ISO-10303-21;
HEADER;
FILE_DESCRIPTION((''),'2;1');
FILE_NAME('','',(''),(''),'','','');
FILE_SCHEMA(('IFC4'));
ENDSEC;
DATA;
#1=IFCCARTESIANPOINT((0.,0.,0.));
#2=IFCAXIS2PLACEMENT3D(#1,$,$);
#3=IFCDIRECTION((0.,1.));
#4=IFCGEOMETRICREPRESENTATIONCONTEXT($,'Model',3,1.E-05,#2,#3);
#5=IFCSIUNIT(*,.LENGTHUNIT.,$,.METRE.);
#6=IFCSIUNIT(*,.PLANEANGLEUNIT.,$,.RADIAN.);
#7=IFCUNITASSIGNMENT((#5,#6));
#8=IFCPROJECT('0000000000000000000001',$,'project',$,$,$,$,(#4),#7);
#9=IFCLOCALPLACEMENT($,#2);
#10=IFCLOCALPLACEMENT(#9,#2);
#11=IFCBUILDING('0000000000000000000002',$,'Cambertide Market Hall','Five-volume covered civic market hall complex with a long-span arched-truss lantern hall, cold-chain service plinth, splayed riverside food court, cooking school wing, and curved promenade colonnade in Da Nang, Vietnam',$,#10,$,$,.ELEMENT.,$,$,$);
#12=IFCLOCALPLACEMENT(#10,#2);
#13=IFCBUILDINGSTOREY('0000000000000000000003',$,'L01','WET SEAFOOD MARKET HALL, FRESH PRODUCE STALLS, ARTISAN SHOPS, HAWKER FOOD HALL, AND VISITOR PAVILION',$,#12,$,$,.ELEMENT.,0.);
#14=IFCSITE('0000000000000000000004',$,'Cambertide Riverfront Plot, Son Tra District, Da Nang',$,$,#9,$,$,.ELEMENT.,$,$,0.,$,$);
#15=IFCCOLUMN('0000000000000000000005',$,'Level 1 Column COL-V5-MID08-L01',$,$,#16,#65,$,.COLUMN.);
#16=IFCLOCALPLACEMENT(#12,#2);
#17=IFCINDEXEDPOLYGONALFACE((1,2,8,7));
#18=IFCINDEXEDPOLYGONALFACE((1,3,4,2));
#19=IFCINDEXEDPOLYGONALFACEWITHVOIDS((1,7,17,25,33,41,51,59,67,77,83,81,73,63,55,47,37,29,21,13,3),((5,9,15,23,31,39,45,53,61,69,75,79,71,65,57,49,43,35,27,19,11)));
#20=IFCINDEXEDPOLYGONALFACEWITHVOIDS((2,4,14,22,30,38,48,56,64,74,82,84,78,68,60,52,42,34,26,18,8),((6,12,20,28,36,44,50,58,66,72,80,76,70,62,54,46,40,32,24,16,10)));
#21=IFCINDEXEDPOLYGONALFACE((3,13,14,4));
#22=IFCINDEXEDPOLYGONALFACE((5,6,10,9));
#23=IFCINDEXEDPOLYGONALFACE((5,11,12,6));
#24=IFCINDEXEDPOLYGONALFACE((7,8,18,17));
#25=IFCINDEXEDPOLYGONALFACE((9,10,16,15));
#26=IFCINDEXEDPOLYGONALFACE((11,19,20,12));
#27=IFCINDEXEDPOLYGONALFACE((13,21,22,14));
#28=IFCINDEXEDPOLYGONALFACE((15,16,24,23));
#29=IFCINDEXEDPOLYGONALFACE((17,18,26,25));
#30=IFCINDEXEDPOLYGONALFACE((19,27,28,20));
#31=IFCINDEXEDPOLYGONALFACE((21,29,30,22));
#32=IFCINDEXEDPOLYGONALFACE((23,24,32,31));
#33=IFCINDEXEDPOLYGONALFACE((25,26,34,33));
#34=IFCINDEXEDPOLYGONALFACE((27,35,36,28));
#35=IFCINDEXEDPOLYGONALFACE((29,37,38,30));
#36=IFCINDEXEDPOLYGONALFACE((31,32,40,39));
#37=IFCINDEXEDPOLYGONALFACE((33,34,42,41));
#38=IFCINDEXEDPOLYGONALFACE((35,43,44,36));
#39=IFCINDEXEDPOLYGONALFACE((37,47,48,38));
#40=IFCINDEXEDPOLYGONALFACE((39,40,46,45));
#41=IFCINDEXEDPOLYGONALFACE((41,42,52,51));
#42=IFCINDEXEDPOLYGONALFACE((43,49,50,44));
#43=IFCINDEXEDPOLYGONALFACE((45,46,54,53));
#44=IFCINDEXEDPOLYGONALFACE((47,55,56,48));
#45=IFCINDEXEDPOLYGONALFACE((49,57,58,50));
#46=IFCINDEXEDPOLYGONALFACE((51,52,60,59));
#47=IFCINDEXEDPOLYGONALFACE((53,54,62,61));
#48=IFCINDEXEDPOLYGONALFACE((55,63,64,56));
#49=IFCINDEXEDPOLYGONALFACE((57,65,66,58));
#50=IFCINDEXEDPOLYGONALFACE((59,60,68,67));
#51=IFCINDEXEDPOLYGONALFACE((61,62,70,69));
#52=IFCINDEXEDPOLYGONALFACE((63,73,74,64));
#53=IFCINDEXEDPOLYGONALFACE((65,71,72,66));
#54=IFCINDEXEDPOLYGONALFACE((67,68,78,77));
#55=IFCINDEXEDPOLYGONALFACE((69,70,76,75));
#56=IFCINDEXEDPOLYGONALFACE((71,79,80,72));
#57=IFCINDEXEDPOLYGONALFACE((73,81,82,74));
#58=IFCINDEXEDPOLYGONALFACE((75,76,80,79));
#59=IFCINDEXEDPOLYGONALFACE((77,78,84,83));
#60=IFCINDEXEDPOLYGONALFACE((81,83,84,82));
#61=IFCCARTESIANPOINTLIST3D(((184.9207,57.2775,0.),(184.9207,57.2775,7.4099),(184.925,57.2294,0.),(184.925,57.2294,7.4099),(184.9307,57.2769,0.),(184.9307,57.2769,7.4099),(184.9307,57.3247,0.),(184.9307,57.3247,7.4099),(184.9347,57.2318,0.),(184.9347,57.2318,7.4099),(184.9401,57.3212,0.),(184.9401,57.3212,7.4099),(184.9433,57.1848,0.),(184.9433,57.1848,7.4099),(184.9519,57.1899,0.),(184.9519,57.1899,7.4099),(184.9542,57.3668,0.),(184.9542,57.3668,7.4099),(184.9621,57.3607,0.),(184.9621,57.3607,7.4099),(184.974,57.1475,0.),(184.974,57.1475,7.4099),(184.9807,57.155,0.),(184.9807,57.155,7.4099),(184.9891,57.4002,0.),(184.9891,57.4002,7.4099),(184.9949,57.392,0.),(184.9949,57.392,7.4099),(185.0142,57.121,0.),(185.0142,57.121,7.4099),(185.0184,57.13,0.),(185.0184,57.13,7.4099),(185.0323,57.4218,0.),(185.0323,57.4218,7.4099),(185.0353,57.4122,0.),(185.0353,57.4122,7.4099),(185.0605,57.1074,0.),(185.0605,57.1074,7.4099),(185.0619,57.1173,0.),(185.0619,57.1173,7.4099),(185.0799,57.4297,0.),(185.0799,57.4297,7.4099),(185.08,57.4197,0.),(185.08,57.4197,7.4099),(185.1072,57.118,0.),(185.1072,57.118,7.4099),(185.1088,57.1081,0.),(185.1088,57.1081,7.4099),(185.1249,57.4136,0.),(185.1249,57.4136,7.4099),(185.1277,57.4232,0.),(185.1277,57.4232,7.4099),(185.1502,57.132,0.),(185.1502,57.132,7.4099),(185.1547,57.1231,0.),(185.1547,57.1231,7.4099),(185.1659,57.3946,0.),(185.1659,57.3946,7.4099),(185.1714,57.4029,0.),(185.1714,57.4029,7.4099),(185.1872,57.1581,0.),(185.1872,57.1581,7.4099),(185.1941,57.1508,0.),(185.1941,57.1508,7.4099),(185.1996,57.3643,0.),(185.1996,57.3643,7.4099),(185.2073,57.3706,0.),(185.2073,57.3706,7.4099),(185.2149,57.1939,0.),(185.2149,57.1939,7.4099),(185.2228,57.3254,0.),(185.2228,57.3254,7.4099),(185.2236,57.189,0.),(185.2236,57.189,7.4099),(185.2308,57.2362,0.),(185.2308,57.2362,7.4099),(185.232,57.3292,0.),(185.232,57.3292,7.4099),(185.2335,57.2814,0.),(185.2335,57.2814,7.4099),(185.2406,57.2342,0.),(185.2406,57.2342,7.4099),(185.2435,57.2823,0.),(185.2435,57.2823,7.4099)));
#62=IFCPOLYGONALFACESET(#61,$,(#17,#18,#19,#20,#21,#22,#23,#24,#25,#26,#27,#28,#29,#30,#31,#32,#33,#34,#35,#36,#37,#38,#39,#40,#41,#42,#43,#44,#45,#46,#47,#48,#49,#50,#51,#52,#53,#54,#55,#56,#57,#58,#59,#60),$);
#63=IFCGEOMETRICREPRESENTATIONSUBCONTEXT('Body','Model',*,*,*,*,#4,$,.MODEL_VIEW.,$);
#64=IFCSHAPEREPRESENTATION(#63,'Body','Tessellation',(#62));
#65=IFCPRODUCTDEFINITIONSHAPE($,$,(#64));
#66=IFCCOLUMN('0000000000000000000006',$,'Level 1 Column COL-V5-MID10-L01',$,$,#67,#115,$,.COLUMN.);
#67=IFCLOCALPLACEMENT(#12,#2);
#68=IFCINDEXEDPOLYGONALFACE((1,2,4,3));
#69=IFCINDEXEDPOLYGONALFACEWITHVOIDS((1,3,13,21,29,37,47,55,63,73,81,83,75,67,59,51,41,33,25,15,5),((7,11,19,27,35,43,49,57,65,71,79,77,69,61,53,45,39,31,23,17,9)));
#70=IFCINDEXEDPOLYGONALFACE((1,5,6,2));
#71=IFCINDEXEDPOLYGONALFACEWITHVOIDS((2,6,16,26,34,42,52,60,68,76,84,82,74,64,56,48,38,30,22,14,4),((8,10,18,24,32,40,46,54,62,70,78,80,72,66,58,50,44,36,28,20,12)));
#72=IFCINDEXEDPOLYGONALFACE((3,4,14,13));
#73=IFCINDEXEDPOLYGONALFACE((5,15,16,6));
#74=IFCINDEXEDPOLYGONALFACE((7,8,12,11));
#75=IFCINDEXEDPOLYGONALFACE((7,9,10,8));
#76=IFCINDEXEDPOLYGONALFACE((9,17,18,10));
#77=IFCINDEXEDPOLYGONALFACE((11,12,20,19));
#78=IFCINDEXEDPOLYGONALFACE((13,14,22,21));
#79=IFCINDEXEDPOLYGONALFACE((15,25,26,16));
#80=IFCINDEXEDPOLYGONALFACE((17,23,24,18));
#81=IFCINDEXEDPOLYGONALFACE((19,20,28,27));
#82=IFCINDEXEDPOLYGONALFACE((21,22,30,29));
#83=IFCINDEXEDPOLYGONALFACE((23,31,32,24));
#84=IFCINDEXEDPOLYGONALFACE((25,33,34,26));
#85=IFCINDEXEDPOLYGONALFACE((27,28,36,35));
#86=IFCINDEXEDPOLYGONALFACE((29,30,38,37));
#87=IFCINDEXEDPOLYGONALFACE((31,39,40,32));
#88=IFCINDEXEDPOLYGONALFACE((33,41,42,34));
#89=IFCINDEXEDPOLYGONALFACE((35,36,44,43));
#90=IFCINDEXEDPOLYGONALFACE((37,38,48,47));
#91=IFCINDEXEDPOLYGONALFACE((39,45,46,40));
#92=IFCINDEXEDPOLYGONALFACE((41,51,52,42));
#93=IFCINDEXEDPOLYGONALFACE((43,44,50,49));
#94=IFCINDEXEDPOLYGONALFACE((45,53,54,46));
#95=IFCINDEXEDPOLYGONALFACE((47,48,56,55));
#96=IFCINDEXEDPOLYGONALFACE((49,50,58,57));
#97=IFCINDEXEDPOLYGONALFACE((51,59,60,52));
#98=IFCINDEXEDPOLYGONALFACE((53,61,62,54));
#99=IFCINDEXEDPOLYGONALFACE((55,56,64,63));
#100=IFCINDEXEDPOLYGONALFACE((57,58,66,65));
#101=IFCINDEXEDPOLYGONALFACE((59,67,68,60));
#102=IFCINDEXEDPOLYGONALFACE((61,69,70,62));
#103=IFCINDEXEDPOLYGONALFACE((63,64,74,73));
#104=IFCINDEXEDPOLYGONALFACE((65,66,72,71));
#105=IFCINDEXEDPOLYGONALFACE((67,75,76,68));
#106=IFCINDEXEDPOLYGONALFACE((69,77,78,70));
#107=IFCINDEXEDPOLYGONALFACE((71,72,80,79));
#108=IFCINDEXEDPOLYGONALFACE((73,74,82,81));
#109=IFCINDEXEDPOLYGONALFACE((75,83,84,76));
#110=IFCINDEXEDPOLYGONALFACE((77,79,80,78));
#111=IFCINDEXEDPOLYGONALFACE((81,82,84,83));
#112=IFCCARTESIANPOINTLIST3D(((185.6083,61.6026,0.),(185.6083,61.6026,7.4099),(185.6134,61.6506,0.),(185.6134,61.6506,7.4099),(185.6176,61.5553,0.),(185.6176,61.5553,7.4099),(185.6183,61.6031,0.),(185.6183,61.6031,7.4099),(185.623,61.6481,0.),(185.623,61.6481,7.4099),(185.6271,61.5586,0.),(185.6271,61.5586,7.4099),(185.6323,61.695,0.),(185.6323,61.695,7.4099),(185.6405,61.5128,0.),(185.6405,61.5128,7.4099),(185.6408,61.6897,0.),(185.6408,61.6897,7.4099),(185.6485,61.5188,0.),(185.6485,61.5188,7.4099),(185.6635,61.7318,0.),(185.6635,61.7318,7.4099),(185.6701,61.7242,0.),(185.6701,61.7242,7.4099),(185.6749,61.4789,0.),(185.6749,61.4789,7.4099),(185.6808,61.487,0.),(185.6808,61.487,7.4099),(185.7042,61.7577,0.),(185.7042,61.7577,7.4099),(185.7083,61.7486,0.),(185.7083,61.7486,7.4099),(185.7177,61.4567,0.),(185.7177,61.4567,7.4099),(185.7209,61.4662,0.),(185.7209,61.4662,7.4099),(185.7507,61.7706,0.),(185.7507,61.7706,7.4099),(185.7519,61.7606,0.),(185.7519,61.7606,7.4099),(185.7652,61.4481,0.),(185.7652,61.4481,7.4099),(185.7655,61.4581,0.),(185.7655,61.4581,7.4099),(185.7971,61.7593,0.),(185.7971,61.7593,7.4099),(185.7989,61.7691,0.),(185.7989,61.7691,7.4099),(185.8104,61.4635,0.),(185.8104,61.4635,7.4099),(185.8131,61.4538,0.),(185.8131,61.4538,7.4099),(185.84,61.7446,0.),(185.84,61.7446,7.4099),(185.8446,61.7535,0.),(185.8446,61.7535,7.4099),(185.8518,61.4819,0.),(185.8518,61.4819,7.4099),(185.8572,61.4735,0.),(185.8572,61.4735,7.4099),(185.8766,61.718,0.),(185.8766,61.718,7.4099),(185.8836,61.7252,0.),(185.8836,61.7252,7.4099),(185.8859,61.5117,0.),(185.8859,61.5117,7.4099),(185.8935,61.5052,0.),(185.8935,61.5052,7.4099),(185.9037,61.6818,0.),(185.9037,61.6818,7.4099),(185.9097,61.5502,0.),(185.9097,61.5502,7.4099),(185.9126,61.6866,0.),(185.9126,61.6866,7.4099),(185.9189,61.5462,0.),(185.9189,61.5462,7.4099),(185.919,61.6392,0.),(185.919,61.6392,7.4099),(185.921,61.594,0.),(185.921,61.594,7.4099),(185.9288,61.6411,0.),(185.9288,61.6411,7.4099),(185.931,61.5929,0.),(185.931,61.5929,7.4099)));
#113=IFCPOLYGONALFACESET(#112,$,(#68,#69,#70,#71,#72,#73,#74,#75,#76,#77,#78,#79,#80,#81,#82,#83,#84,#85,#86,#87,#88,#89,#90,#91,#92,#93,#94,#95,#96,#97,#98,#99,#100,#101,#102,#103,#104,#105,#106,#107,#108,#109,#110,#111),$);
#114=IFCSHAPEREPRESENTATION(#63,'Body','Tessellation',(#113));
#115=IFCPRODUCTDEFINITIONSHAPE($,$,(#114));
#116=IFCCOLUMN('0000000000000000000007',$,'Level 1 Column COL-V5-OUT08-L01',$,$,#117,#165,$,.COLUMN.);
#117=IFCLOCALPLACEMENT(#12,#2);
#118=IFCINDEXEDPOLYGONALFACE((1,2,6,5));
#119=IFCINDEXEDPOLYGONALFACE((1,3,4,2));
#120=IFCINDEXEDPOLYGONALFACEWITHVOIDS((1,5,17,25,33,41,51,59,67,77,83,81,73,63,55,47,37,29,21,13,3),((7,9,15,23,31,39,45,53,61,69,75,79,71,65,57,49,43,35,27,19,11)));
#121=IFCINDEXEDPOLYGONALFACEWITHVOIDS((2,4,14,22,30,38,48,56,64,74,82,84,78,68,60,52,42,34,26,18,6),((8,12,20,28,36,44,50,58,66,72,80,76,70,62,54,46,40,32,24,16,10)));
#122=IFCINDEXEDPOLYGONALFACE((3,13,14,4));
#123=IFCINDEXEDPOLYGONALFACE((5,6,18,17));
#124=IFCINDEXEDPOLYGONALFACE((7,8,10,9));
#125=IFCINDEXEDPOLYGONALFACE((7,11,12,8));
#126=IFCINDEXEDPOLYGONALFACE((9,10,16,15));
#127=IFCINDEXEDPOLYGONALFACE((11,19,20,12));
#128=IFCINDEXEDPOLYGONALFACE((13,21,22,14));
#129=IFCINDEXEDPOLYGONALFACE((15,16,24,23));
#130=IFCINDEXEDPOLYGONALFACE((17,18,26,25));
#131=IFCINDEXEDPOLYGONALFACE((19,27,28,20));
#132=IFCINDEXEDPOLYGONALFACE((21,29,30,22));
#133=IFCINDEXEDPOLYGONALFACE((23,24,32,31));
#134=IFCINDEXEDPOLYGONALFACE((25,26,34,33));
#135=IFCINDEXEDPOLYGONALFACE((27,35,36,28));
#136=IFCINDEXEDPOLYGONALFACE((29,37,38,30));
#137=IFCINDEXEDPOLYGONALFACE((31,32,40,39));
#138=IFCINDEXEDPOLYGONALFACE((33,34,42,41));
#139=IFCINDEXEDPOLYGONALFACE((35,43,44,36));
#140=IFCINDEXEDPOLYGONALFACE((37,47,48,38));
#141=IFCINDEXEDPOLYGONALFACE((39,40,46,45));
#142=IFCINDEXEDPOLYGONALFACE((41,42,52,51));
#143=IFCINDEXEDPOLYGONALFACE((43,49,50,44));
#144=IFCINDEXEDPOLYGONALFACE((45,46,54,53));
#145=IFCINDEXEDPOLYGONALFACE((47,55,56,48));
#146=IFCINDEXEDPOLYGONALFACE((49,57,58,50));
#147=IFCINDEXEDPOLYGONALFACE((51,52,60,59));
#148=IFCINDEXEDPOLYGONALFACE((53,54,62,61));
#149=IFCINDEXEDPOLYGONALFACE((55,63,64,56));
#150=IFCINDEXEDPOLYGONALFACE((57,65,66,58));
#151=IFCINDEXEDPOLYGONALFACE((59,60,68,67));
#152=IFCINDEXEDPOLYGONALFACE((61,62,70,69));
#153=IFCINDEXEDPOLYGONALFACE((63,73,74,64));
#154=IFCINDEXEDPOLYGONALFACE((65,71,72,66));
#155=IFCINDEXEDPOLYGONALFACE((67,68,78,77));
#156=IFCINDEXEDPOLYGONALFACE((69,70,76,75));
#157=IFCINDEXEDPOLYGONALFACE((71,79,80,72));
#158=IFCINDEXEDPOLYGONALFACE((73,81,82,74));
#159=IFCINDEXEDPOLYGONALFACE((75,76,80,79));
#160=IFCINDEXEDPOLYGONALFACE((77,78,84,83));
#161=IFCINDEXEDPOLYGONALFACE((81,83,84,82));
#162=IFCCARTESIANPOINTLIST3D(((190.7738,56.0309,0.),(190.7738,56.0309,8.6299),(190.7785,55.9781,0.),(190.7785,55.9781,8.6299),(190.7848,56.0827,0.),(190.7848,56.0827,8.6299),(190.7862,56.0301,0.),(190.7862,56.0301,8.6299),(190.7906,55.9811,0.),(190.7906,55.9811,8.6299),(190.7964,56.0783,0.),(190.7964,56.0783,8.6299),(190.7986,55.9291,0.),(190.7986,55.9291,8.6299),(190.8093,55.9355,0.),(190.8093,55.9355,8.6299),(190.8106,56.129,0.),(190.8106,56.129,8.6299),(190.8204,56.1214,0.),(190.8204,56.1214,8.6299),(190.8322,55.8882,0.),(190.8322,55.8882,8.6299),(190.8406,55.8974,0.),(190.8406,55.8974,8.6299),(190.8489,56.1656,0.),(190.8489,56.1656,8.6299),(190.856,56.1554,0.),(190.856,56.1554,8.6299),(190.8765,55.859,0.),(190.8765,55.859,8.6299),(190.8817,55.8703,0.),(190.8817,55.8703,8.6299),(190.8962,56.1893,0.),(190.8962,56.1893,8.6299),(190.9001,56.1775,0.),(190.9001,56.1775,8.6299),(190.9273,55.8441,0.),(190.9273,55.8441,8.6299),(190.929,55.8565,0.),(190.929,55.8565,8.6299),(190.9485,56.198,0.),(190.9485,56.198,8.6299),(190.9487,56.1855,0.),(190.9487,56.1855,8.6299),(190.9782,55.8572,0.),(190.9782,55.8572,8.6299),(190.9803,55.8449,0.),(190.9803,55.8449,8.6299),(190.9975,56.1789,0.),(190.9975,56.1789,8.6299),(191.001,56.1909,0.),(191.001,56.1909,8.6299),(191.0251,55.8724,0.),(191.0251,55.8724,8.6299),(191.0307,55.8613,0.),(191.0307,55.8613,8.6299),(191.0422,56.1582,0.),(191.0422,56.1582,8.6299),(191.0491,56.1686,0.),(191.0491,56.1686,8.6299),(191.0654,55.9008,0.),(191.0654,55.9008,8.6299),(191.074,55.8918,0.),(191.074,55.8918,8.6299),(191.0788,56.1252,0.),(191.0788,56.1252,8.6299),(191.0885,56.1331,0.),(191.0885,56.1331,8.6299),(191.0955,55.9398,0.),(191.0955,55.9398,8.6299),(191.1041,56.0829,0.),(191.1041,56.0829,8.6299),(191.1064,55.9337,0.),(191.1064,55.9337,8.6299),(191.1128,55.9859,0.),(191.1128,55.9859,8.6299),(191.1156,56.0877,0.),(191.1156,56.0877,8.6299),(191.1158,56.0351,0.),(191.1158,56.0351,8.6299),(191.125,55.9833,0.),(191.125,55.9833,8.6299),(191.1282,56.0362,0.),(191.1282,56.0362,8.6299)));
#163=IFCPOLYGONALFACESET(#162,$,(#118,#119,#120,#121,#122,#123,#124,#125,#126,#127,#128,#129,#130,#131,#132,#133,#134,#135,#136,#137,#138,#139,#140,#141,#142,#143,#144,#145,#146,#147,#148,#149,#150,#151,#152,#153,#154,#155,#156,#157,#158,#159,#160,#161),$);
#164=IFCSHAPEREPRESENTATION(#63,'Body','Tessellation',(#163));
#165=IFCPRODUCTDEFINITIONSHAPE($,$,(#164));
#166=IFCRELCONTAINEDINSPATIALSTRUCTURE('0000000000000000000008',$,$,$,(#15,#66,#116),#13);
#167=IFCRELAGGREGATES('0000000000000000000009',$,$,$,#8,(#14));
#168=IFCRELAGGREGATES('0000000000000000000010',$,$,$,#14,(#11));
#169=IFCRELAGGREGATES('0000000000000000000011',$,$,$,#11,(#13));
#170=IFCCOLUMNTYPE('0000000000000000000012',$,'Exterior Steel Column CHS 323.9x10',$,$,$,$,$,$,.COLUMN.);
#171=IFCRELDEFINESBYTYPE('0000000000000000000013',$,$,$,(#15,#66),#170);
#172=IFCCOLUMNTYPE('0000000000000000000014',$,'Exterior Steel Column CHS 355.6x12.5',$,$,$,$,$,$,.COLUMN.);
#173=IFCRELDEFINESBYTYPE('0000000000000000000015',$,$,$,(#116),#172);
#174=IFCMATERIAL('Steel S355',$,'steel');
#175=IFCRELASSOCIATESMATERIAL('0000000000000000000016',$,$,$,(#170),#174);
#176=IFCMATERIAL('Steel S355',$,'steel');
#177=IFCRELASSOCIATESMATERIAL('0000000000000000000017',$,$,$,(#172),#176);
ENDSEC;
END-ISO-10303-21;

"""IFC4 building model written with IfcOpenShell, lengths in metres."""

from ifc_helpers import new_model, si_unit, direction, frame, origin, origin_2d, place, context, subcontext, project, spatial, hollow_circle, extrude, material, material_profile, profile_set, type_object, element, save


model = new_model("IFC4")

# Units and contexts
model_context = context("Model", 3, precision=1e-05, world=origin(), true_north=direction((0.0, 1.0)))
body_context = subcontext(model_context, "Body", "Model", "MODEL_VIEW")
ifc_project = project(units=[si_unit("LENGTHUNIT", "METRE"), si_unit("PLANEANGLEUNIT", "RADIAN")], contexts=[model_context])

# Site, building, storey
site_placement = place(None, origin())
site = spatial("IfcSite", under=ifc_project, at=site_placement, Name="Cambertide Riverfront Plot, Son Tra District, Da Nang", CompositionType="ELEMENT", RefElevation=0.0)
building_placement = place(site_placement, origin())
building = spatial("IfcBuilding", under=site, at=building_placement, Name="Cambertide Market Hall", Description="Five-volume covered civic market hall complex with a long-span arched-truss lantern hall, cold-chain service plinth, splayed riverside food court, cooking school wing, and curved promenade colonnade in Da Nang, Vietnam", CompositionType="ELEMENT")
storey_placement = place(building_placement, origin())
storey = spatial("IfcBuildingStorey", under=building, at=storey_placement, Name="L01", Description="WET SEAFOOD MARKET HALL, FRESH PRODUCE STALLS, ARTISAN SHOPS, HAWKER FOOD HALL, AND VISITOR PAVILION", CompositionType="ELEMENT", Elevation=0.0)

# Columns
ifc_material_1 = material(Name="Steel S355", Category="steel")
ifc_material_profile_1 = material_profile(ifc_material_1, hollow_circle(Radius=0.1619, WallThickness=0.01, at=origin_2d()), Name="CHS 323.9x10")
ifc_profile_set_1 = profile_set([ifc_material_profile_1], Name="Steel S355")
column_type_1 = type_object("IfcColumnType", Name="Exterior Steel Column CHS 323.9x10", PredefinedType="COLUMN", material=ifc_profile_set_1)
for number, where, z_axis, x_axis, name in (
    (1, (185.0823, 57.2678, 0.0), (0.0, 0.0, 1.0), (0.978148, -0.207912, 0.0), "Level 1 Column COL-V5-MID08-L01"),
    (2, (185.77, 61.6099, 0.0), (0.0, 0.0, 1.0), (0.994522, -0.104528, 0.0), "Level 1 Column COL-V5-MID10-L01"),
):
    element("IfcColumn", number, at=place(storey_placement, frame(where, z_axis=z_axis, x_axis=x_axis)), inside=storey, type_object=column_type_1, Name=name, PredefinedType="COLUMN", context=body_context, shape_type="SweptSolid", body=[
        extrude(hollow_circle(Radius=0.1619, WallThickness=0.01, at=origin_2d()), origin(), (0.0, 0.0, 1.0), 7.4099),
    ])
ifc_material_2 = material(Name="Steel S355", Category="steel")
ifc_material_profile_2 = material_profile(ifc_material_2, hollow_circle(Radius=0.1777, WallThickness=0.0125, at=origin_2d()), Name="CHS 355.6x12.5")
ifc_profile_set_2 = profile_set([ifc_material_profile_2], Name="Steel S355")
column_type_2 = type_object("IfcColumnType", Name="Exterior Steel Column CHS 355.6x12.5", PredefinedType="COLUMN", material=ifc_profile_set_2)
for number, where, z_axis, x_axis, name in (
    (3, (190.9512, 56.0203, 0.0), (0.0, 0.0, 1.0), (0.978148, -0.207912, 0.0), "Level 1 Column COL-V5-OUT08-L01"),
):
    element("IfcColumn", number, at=place(storey_placement, frame(where, z_axis=z_axis, x_axis=x_axis)), inside=storey, type_object=column_type_2, Name=name, PredefinedType="COLUMN", context=body_context, shape_type="SweptSolid", body=[
        extrude(hollow_circle(Radius=0.1777, WallThickness=0.0125, at=origin_2d()), origin(), (0.0, 0.0, 1.0), 8.6299),
    ])

save(model, "model.ifc")
